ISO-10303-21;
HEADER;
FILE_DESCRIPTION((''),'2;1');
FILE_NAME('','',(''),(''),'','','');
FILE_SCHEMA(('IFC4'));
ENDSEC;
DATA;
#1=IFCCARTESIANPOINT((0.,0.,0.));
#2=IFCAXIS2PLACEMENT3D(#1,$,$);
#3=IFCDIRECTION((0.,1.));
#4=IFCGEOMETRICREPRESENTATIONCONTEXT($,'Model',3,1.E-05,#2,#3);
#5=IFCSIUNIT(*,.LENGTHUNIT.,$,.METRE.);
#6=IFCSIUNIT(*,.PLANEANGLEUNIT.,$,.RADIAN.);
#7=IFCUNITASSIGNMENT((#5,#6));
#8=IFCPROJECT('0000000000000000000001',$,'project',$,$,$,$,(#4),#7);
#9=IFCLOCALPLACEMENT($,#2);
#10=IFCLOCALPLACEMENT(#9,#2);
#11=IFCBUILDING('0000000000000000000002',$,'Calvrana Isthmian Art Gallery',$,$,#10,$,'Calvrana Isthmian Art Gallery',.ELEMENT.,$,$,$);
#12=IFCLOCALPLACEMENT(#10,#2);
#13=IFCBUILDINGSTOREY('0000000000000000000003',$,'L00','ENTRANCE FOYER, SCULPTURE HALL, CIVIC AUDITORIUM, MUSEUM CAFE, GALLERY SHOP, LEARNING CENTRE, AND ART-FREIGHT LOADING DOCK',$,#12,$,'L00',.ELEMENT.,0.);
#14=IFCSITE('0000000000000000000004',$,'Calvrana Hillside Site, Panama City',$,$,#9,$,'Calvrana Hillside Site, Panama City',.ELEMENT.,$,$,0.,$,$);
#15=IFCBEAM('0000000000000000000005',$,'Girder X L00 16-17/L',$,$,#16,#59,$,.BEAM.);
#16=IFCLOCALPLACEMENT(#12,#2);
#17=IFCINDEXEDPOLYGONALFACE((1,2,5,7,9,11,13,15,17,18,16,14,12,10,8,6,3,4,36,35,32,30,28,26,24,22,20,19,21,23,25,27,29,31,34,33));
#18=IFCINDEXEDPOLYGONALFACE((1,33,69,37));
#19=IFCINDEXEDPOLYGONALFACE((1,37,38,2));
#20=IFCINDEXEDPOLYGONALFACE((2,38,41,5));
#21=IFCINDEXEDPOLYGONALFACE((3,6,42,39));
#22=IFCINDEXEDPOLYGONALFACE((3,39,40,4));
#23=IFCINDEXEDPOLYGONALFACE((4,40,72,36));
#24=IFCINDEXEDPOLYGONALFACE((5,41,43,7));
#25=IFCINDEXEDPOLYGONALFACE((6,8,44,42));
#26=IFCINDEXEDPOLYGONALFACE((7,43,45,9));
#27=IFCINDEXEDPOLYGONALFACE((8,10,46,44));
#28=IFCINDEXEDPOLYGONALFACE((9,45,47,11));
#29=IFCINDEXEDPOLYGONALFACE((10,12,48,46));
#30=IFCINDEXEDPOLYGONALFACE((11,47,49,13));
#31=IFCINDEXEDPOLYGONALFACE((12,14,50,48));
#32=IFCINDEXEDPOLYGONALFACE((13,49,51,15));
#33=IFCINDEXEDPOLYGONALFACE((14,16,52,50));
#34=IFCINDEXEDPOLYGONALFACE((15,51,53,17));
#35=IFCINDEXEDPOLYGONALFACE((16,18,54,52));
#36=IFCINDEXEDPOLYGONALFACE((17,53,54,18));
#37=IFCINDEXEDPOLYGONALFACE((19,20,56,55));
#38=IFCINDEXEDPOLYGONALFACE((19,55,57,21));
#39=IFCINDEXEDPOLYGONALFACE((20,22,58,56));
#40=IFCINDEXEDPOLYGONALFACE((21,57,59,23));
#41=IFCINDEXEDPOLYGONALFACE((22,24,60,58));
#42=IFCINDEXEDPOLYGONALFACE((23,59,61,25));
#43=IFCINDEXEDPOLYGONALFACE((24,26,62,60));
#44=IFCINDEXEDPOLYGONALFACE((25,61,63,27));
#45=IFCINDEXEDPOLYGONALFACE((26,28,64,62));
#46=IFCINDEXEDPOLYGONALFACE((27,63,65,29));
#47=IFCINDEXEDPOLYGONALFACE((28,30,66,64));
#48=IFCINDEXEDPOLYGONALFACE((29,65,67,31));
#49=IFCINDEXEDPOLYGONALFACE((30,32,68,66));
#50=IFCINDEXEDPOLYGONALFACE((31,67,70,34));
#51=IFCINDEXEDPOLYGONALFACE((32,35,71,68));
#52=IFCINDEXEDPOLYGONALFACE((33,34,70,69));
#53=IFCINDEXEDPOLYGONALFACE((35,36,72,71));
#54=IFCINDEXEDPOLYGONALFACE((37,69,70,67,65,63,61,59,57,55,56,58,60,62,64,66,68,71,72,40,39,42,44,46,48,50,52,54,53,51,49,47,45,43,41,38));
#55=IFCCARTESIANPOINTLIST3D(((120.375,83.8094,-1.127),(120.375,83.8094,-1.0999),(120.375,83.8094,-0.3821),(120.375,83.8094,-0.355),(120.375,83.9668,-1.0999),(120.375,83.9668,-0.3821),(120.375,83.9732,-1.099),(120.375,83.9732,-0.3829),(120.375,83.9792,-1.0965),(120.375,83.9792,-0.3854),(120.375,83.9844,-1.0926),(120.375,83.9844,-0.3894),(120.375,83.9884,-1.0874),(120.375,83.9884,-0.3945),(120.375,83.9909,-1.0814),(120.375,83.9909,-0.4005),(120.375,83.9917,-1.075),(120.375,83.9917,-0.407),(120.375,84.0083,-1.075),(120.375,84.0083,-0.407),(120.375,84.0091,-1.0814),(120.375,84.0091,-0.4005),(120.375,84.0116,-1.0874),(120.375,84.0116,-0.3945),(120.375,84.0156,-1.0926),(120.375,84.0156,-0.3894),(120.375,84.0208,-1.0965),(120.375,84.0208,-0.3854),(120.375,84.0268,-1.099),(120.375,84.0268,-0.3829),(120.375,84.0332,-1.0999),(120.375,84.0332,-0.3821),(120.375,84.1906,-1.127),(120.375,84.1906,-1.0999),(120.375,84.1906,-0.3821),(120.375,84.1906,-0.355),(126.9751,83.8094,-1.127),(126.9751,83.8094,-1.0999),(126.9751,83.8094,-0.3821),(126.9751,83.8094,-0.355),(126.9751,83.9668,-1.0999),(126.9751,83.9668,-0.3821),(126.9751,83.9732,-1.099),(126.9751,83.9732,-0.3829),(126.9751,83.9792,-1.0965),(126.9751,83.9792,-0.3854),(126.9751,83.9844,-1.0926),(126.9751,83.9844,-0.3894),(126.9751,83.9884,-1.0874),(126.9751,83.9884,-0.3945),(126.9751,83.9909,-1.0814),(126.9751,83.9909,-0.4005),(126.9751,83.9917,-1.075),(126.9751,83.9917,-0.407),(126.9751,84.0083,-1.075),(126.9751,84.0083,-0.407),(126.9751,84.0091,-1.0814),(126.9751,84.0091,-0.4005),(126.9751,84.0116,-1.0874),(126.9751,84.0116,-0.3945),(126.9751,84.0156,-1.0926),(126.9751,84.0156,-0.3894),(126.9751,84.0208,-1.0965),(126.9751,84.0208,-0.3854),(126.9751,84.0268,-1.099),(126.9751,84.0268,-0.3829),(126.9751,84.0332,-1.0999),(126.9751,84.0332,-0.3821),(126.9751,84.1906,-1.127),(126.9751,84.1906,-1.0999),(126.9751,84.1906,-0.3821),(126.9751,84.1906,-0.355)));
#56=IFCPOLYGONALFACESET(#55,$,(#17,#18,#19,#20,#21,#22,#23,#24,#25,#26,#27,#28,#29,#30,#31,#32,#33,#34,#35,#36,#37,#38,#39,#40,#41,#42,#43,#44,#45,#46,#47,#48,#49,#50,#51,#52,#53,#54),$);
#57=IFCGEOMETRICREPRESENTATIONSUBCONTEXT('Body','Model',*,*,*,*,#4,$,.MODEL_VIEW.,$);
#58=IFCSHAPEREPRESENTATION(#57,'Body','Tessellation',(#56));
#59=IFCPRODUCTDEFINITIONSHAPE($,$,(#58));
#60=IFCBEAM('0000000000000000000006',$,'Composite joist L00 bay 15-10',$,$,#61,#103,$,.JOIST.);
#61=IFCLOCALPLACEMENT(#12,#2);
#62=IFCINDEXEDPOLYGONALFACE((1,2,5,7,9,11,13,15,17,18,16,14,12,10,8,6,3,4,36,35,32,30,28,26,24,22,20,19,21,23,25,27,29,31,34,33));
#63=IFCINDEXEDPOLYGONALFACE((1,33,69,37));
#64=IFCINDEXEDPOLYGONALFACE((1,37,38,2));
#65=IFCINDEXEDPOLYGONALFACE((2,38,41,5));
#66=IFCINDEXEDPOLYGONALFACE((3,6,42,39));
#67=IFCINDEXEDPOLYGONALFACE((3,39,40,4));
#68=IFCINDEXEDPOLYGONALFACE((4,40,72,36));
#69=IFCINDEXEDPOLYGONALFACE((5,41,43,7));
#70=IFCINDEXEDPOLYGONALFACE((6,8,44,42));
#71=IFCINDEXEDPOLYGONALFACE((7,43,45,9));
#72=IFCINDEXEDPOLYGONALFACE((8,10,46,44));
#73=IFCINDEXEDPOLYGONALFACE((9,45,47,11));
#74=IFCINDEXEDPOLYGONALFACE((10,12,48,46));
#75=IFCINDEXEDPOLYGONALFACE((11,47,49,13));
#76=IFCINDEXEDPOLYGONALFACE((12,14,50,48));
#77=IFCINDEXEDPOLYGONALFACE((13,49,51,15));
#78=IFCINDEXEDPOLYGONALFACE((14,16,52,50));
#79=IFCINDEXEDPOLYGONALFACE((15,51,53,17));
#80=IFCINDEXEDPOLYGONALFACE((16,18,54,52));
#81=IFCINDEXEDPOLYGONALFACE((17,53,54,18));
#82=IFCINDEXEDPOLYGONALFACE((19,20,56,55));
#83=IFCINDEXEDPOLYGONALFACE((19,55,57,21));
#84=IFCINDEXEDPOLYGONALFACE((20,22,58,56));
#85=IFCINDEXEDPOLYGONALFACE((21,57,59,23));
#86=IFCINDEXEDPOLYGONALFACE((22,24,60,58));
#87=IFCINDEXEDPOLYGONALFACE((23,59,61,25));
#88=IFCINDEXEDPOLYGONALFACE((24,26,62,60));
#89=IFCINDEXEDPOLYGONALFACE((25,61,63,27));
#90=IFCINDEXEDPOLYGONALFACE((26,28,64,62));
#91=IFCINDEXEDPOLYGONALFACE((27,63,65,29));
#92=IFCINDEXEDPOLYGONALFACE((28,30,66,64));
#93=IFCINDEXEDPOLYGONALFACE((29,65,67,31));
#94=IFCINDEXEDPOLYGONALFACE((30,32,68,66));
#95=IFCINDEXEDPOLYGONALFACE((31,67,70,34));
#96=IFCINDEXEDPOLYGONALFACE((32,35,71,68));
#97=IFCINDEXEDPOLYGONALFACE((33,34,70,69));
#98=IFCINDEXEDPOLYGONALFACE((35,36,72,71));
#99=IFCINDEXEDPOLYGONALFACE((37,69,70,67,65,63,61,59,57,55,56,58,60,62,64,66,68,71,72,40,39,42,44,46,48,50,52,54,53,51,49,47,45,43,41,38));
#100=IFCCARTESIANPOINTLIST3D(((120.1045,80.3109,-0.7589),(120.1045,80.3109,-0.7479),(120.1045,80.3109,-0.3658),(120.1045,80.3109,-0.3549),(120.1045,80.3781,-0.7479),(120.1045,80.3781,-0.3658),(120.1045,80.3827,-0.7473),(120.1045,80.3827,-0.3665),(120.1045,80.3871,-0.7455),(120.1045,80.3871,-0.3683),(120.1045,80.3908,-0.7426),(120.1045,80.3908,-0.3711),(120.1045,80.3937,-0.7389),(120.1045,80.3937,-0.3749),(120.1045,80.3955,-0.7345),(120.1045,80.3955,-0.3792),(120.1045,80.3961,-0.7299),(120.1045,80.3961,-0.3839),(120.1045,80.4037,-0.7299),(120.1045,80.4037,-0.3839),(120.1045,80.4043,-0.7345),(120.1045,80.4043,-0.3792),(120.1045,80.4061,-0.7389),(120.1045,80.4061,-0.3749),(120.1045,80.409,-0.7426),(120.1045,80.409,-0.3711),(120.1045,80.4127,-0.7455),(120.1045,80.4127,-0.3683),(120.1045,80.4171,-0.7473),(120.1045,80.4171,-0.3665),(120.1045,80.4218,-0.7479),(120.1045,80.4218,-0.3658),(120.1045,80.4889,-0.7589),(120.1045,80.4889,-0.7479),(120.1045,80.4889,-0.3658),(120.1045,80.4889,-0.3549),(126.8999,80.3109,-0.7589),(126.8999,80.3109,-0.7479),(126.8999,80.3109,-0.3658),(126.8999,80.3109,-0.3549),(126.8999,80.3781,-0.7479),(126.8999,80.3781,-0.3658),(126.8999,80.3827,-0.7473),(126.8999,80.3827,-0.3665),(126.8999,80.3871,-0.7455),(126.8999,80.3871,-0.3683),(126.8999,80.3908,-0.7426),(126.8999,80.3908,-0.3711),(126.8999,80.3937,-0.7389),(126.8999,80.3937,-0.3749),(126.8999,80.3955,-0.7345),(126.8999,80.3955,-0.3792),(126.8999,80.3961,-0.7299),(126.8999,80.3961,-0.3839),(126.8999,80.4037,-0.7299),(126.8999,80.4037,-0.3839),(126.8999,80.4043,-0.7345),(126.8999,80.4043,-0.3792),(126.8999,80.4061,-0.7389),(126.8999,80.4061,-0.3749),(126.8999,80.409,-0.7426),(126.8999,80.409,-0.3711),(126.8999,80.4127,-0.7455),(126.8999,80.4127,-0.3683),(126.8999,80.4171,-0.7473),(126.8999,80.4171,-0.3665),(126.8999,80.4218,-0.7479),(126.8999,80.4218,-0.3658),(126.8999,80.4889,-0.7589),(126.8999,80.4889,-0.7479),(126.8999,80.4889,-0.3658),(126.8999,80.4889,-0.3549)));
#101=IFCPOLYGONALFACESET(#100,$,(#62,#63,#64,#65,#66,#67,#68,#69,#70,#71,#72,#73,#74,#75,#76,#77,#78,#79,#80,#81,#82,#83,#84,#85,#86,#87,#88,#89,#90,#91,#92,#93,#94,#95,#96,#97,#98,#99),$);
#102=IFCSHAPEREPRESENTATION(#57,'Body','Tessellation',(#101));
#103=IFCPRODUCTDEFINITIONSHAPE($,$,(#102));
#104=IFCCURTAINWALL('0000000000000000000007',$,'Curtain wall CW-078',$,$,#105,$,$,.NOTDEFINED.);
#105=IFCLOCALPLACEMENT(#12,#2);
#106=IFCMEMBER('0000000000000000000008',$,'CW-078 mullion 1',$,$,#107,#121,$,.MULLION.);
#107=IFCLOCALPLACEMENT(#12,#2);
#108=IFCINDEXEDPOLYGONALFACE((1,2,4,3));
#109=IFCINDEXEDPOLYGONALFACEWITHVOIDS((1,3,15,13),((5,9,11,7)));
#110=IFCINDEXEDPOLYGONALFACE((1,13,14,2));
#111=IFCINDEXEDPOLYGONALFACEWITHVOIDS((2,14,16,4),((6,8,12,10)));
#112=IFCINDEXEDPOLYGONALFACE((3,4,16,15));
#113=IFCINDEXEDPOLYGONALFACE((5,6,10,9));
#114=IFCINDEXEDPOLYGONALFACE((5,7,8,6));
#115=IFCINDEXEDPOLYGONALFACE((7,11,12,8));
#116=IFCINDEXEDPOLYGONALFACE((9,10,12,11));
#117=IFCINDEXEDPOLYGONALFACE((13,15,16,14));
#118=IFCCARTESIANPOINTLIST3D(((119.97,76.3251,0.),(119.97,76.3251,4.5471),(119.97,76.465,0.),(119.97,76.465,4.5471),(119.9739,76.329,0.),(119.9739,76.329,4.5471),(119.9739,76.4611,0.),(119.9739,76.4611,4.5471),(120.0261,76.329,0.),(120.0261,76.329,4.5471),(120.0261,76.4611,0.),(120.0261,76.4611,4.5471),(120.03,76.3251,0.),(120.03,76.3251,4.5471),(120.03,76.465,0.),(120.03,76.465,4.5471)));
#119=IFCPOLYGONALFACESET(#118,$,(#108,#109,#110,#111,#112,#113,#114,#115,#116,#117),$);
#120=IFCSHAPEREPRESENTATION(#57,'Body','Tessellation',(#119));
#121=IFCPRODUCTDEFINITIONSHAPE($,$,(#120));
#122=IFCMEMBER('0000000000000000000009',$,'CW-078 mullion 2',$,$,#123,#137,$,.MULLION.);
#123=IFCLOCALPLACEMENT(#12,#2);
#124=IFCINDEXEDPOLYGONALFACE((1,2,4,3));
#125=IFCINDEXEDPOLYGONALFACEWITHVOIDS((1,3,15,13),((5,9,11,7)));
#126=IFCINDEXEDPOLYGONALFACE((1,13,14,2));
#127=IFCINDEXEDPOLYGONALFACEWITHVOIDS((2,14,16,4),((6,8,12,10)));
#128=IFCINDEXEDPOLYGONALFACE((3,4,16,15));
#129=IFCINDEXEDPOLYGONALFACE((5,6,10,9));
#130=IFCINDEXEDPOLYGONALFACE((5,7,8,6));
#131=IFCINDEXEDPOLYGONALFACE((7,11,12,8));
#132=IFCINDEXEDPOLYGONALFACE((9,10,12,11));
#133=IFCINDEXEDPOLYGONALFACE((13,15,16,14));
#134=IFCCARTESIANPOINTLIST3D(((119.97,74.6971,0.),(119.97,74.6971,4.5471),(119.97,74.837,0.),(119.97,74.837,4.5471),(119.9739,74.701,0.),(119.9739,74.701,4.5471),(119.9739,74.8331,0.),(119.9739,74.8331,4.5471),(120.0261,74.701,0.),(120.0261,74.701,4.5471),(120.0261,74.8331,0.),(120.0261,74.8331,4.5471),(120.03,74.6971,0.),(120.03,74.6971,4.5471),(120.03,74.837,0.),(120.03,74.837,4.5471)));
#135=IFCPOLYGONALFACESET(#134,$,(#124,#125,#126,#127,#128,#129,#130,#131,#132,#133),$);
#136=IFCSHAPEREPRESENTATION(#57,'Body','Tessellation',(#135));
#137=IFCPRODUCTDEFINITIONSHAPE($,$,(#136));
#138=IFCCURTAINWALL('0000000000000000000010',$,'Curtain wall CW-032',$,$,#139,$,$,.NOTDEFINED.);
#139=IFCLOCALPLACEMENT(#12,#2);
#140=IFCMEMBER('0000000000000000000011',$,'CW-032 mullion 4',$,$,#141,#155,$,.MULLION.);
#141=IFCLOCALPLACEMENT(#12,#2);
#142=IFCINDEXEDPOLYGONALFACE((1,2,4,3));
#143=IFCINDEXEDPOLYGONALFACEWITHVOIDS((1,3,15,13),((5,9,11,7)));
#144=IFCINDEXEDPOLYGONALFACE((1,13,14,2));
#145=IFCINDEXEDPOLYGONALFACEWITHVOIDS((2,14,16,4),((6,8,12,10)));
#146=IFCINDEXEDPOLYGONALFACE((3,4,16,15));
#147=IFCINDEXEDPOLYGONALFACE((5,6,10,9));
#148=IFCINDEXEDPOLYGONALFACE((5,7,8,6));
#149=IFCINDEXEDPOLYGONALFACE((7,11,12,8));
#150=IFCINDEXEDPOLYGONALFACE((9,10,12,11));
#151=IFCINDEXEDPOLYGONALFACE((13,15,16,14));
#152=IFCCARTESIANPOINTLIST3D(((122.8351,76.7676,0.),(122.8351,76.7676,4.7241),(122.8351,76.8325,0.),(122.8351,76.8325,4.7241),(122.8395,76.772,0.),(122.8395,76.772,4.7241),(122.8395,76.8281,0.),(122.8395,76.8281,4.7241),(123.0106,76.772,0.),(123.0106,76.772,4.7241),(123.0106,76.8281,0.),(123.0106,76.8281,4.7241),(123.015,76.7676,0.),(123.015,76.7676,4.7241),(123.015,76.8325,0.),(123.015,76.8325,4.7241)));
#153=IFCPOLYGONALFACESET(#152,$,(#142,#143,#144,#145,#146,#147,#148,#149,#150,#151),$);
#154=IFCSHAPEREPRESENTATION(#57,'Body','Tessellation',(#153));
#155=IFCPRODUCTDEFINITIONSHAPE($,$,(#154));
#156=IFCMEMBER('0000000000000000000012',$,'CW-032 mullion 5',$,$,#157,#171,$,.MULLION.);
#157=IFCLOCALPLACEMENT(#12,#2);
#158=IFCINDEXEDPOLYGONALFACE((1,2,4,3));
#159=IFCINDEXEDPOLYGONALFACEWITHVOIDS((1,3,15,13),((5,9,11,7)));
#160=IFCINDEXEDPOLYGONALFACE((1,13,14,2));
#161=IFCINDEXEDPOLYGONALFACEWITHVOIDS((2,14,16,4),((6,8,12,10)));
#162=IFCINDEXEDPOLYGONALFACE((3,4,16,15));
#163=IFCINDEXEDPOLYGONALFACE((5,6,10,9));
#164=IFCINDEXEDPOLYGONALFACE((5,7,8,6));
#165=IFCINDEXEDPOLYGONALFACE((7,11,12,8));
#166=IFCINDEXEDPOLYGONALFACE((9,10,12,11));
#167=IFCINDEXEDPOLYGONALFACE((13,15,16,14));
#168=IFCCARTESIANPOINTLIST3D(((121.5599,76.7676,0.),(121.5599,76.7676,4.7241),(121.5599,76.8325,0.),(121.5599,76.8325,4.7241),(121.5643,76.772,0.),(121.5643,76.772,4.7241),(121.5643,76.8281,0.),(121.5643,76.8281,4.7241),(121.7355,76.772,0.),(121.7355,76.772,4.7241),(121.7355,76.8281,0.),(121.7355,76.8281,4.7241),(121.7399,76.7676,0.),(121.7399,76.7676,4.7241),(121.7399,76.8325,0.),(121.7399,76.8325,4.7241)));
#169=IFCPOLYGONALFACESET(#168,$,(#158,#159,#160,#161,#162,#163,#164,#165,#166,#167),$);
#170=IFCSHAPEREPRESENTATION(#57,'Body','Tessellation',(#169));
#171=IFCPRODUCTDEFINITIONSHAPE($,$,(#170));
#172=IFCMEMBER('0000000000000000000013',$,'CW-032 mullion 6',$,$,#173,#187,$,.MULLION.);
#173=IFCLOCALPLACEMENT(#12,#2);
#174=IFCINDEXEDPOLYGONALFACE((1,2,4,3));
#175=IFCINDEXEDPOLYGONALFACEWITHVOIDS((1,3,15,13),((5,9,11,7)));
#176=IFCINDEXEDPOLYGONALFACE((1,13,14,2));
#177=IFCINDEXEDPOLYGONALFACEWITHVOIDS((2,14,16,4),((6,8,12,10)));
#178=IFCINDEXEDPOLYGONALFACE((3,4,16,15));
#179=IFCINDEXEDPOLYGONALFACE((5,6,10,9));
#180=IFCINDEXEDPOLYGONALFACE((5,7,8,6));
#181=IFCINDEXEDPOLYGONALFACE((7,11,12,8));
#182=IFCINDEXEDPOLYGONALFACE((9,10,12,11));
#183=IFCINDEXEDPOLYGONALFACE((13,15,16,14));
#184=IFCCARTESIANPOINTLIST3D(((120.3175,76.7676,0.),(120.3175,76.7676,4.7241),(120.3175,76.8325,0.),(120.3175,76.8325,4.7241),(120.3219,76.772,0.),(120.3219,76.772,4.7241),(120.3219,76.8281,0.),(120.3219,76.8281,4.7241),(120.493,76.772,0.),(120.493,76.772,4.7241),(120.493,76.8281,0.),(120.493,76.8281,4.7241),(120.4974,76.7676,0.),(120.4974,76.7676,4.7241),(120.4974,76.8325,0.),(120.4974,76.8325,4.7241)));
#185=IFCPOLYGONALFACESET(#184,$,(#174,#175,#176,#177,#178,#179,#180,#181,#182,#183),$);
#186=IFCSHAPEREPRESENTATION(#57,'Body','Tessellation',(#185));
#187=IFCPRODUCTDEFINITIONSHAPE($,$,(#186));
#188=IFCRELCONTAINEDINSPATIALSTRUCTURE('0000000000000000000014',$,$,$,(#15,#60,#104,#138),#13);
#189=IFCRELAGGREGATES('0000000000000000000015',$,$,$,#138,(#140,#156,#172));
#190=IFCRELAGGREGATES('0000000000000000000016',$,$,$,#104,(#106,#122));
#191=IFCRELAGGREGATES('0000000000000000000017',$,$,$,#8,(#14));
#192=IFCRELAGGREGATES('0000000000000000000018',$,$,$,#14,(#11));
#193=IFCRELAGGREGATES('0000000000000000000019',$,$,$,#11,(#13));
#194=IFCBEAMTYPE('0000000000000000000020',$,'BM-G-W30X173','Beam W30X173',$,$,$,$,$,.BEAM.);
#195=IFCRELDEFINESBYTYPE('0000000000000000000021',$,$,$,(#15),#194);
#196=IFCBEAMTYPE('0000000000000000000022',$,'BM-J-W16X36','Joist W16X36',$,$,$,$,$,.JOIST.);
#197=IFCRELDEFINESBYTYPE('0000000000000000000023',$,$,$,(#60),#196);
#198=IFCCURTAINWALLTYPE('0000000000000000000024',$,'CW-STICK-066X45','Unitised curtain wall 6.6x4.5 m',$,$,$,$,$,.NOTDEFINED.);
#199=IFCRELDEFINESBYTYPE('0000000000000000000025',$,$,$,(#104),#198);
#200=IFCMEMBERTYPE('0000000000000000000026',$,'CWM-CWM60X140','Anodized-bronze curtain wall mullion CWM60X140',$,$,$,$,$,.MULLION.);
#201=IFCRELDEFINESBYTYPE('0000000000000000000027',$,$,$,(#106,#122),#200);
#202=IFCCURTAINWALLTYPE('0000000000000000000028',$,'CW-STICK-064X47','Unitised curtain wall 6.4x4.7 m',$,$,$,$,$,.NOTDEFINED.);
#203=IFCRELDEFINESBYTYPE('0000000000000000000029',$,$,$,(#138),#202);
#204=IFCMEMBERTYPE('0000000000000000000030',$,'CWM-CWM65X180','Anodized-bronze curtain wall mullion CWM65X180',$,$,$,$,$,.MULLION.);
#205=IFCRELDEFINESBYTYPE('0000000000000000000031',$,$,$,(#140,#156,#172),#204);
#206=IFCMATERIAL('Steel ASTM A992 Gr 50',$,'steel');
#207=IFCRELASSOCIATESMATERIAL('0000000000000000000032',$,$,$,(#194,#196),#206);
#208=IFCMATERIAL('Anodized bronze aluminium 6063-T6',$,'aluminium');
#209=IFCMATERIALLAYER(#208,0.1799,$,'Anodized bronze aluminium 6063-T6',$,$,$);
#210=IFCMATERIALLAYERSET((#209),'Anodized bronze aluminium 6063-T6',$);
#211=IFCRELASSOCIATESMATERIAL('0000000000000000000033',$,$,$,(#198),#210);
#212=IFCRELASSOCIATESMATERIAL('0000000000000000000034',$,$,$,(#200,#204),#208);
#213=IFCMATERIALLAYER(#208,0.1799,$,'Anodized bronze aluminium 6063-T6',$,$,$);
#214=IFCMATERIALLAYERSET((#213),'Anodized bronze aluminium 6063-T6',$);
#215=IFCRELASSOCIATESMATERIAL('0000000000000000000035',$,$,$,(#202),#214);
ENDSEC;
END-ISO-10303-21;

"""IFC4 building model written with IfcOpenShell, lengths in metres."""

from ifc_helpers import new_model, si_unit, direction, frame, origin, origin_2d, place, context, subcontext, project, spatial, hollow_rectangle, i_section, extrude, material, layer, layer_set, material_profile, profile_set, type_object, element, aggregate, save


model = new_model("IFC4")

# Units and contexts
model_context = context("Model", 3, precision=1e-05, world=origin(), true_north=direction((0.0, 1.0)))
body_context = subcontext(model_context, "Body", "Model", "MODEL_VIEW")
ifc_project = project(units=[si_unit("LENGTHUNIT", "METRE"), si_unit("PLANEANGLEUNIT", "RADIAN")], contexts=[model_context])

# Site, building, storey
site_placement = place(None, origin())
site = spatial("IfcSite", under=ifc_project, at=site_placement, Name="Calvrana Hillside Site, Panama City", LongName="Calvrana Hillside Site, Panama City", CompositionType="ELEMENT", RefElevation=0.0)
building_placement = place(site_placement, origin())
building = spatial("IfcBuilding", under=site, at=building_placement, Name="Calvrana Isthmian Art Gallery", LongName="Calvrana Isthmian Art Gallery", CompositionType="ELEMENT")
storey_placement = place(building_placement, origin())
storey = spatial("IfcBuildingStorey", under=building, at=storey_placement, Name="L00", Description="ENTRANCE FOYER, SCULPTURE HALL, CIVIC AUDITORIUM, MUSEUM CAFE, GALLERY SHOP, LEARNING CENTRE, AND ART-FREIGHT LOADING DOCK", LongName="L00", CompositionType="ELEMENT", Elevation=0.0)

# Beams
ifc_material_1 = material(Name="Steel ASTM A992 Gr 50", Category="steel")
ifc_material_profile_1 = material_profile(ifc_material_1, i_section(OverallWidth=0.3811, OverallDepth=0.772, WebThickness=0.0166, FlangeThickness=0.0271, FilletRadius=0.0249, at=origin_2d()), Name="W30X173")
ifc_profile_set_1 = profile_set([ifc_material_profile_1], Name="Steel ASTM A992 Gr 50")
beam_type_1 = type_object("IfcBeamType", Name="BM-G-W30X173", Description="Beam W30X173", PredefinedType="BEAM", material=ifc_profile_set_1)
beam_1_placement = place(storey_placement, frame((120.375, 84.0, -0.741), z_axis=(1.0, 0.0, 0.0), x_axis=(0.0, 1.0, 0.0)))
element("IfcBeam", 1, at=beam_1_placement, inside=storey, type_object=beam_type_1, Name="Girder X L00 16-17/L", PredefinedType="BEAM", context=body_context, shape_type="SweptSolid", body=[
    extrude(i_section(OverallWidth=0.3811, OverallDepth=0.772, WebThickness=0.0166, FlangeThickness=0.0271, FilletRadius=0.0249, at=origin_2d()), origin(), (0.0, 0.0, 1.0), 6.6001),
])
ifc_material_profile_2 = material_profile(ifc_material_1, i_section(OverallWidth=0.178, OverallDepth=0.4041, WebThickness=0.0076, FlangeThickness=0.011, FilletRadius=0.0181, at=origin_2d()), Name="W16X36")
ifc_profile_set_2 = profile_set([ifc_material_profile_2], Name="Steel ASTM A992 Gr 50")
beam_type_2 = type_object("IfcBeamType", Name="BM-J-W16X36", Description="Joist W16X36", PredefinedType="JOIST", material=ifc_profile_set_2)
beam_2_placement = place(storey_placement, frame((120.1045, 80.3999, -0.5569), z_axis=(1.0, 0.0, 0.0), x_axis=(0.0, 1.0, 0.0)))
element("IfcBeam", 2, at=beam_2_placement, inside=storey, type_object=beam_type_2, Name="Composite joist L00 bay 15-10", PredefinedType="JOIST", context=body_context, shape_type="SweptSolid", body=[
    extrude(i_section(OverallWidth=0.178, OverallDepth=0.4041, WebThickness=0.0076, FlangeThickness=0.011, FilletRadius=0.0181, at=origin_2d()), origin(), (0.0, 0.0, 1.0), 6.7954),
])

# Curtain walls, members
ifc_material_2 = material(Name="Anodized bronze aluminium 6063-T6", Category="aluminium")
ifc_layer_1 = layer(ifc_material_2, 0.1799, Name="Anodized bronze aluminium 6063-T6")
ifc_layer_set_1 = layer_set([ifc_layer_1], Name="Anodized bronze aluminium 6063-T6")
curtain_wall_type_1 = type_object("IfcCurtainWallType", Name="CW-STICK-066X45", Description="Unitised curtain wall 6.6x4.5 m", PredefinedType="NOTDEFINED", material=ifc_layer_set_1)
curtain_wall_1_placement = place(storey_placement, origin())
curtain_wall_1 = element("IfcCurtainWall", 3, at=curtain_wall_1_placement, inside=storey, type_object=curtain_wall_type_1, Name="Curtain wall CW-078", PredefinedType="NOTDEFINED")
ifc_material_profile_3 = material_profile(ifc_material_2, hollow_rectangle(XDim=0.0601, YDim=0.1399, WallThickness=0.0039, at=origin_2d()), Name="CWM60X140")
ifc_profile_set_3 = profile_set([ifc_material_profile_3], Name="Anodized bronze aluminium 6063-T6")
member_type_1 = type_object("IfcMemberType", Name="CWM-CWM60X140", Description="Anodized-bronze curtain wall mullion CWM60X140", PredefinedType="MULLION", material=ifc_profile_set_3)
member_1_placement = place(storey_placement, frame((120.0, 76.395, 0.0), z_axis=(0.0, 0.0, 1.0), x_axis=(1.0, 0.0, 0.0)))
member_1 = element("IfcMember", 4, at=member_1_placement, type_object=member_type_1, Name="CW-078 mullion 1", PredefinedType="MULLION", context=body_context, shape_type="SweptSolid", body=[
    extrude(hollow_rectangle(XDim=0.0601, YDim=0.1399, WallThickness=0.0039, at=origin_2d()), origin(), (0.0, 0.0, 1.0), 4.5471),
])
member_2_placement = place(storey_placement, frame((120.0, 74.7671, 0.0), z_axis=(0.0, 0.0, 1.0), x_axis=(1.0, 0.0, 0.0)))
member_2 = element("IfcMember", 5, at=member_2_placement, type_object=member_type_1, Name="CW-078 mullion 2", PredefinedType="MULLION", context=body_context, shape_type="SweptSolid", body=[
    extrude(hollow_rectangle(XDim=0.0601, YDim=0.1399, WallThickness=0.0039, at=origin_2d()), origin(), (0.0, 0.0, 1.0), 4.5471),
])
ifc_layer_2 = layer(ifc_material_2, 0.1799, Name="Anodized bronze aluminium 6063-T6")
ifc_layer_set_2 = layer_set([ifc_layer_2], Name="Anodized bronze aluminium 6063-T6")
curtain_wall_type_2 = type_object("IfcCurtainWallType", Name="CW-STICK-064X47", Description="Unitised curtain wall 6.4x4.7 m", PredefinedType="NOTDEFINED", material=ifc_layer_set_2)
curtain_wall_2_placement = place(storey_placement, origin())
curtain_wall_2 = element("IfcCurtainWall", 6, at=curtain_wall_2_placement, inside=storey, type_object=curtain_wall_type_2, Name="Curtain wall CW-032", PredefinedType="NOTDEFINED")
ifc_material_profile_4 = material_profile(ifc_material_2, hollow_rectangle(XDim=0.0649, YDim=0.1799, WallThickness=0.0044, at=origin_2d()), Name="CWM65X180")
ifc_profile_set_4 = profile_set([ifc_material_profile_4], Name="Anodized bronze aluminium 6063-T6")
member_type_2 = type_object("IfcMemberType", Name="CWM-CWM65X180", Description="Anodized-bronze curtain wall mullion CWM65X180", PredefinedType="MULLION", material=ifc_profile_set_4)
member_3_placement = place(storey_placement, frame((122.925, 76.8, 0.0), z_axis=(0.0, 0.0, 1.0), x_axis=(0.0, -1.0, 0.0)))
member_3 = element("IfcMember", 7, at=member_3_placement, type_object=member_type_2, Name="CW-032 mullion 4", PredefinedType="MULLION", context=body_context, shape_type="SweptSolid", body=[
    extrude(hollow_rectangle(XDim=0.0649, YDim=0.1799, WallThickness=0.0044, at=origin_2d()), origin(), (0.0, 0.0, 1.0), 4.7241),
])
member_4_placement = place(storey_placement, frame((121.6499, 76.8, 0.0), z_axis=(0.0, 0.0, 1.0), x_axis=(0.0, -1.0, 0.0)))
member_4 = element("IfcMember", 8, at=member_4_placement, type_object=member_type_2, Name="CW-032 mullion 5", PredefinedType="MULLION", context=body_context, shape_type="SweptSolid", body=[
    extrude(hollow_rectangle(XDim=0.0649, YDim=0.1799, WallThickness=0.0044, at=origin_2d()), origin(), (0.0, 0.0, 1.0), 4.7241),
])
member_5_placement = place(storey_placement, frame((120.4075, 76.8, 0.0), z_axis=(0.0, 0.0, 1.0), x_axis=(0.0, -1.0, 0.0)))
member_5 = element("IfcMember", 9, at=member_5_placement, type_object=member_type_2, Name="CW-032 mullion 6", PredefinedType="MULLION", context=body_context, shape_type="SweptSolid", body=[
    extrude(hollow_rectangle(XDim=0.0649, YDim=0.1799, WallThickness=0.0044, at=origin_2d()), origin(), (0.0, 0.0, 1.0), 4.7241),
])

aggregate(curtain_wall_2, [member_3, member_4, member_5])
aggregate(curtain_wall_1, [member_1, member_2])

save(model, "model.ifc")
